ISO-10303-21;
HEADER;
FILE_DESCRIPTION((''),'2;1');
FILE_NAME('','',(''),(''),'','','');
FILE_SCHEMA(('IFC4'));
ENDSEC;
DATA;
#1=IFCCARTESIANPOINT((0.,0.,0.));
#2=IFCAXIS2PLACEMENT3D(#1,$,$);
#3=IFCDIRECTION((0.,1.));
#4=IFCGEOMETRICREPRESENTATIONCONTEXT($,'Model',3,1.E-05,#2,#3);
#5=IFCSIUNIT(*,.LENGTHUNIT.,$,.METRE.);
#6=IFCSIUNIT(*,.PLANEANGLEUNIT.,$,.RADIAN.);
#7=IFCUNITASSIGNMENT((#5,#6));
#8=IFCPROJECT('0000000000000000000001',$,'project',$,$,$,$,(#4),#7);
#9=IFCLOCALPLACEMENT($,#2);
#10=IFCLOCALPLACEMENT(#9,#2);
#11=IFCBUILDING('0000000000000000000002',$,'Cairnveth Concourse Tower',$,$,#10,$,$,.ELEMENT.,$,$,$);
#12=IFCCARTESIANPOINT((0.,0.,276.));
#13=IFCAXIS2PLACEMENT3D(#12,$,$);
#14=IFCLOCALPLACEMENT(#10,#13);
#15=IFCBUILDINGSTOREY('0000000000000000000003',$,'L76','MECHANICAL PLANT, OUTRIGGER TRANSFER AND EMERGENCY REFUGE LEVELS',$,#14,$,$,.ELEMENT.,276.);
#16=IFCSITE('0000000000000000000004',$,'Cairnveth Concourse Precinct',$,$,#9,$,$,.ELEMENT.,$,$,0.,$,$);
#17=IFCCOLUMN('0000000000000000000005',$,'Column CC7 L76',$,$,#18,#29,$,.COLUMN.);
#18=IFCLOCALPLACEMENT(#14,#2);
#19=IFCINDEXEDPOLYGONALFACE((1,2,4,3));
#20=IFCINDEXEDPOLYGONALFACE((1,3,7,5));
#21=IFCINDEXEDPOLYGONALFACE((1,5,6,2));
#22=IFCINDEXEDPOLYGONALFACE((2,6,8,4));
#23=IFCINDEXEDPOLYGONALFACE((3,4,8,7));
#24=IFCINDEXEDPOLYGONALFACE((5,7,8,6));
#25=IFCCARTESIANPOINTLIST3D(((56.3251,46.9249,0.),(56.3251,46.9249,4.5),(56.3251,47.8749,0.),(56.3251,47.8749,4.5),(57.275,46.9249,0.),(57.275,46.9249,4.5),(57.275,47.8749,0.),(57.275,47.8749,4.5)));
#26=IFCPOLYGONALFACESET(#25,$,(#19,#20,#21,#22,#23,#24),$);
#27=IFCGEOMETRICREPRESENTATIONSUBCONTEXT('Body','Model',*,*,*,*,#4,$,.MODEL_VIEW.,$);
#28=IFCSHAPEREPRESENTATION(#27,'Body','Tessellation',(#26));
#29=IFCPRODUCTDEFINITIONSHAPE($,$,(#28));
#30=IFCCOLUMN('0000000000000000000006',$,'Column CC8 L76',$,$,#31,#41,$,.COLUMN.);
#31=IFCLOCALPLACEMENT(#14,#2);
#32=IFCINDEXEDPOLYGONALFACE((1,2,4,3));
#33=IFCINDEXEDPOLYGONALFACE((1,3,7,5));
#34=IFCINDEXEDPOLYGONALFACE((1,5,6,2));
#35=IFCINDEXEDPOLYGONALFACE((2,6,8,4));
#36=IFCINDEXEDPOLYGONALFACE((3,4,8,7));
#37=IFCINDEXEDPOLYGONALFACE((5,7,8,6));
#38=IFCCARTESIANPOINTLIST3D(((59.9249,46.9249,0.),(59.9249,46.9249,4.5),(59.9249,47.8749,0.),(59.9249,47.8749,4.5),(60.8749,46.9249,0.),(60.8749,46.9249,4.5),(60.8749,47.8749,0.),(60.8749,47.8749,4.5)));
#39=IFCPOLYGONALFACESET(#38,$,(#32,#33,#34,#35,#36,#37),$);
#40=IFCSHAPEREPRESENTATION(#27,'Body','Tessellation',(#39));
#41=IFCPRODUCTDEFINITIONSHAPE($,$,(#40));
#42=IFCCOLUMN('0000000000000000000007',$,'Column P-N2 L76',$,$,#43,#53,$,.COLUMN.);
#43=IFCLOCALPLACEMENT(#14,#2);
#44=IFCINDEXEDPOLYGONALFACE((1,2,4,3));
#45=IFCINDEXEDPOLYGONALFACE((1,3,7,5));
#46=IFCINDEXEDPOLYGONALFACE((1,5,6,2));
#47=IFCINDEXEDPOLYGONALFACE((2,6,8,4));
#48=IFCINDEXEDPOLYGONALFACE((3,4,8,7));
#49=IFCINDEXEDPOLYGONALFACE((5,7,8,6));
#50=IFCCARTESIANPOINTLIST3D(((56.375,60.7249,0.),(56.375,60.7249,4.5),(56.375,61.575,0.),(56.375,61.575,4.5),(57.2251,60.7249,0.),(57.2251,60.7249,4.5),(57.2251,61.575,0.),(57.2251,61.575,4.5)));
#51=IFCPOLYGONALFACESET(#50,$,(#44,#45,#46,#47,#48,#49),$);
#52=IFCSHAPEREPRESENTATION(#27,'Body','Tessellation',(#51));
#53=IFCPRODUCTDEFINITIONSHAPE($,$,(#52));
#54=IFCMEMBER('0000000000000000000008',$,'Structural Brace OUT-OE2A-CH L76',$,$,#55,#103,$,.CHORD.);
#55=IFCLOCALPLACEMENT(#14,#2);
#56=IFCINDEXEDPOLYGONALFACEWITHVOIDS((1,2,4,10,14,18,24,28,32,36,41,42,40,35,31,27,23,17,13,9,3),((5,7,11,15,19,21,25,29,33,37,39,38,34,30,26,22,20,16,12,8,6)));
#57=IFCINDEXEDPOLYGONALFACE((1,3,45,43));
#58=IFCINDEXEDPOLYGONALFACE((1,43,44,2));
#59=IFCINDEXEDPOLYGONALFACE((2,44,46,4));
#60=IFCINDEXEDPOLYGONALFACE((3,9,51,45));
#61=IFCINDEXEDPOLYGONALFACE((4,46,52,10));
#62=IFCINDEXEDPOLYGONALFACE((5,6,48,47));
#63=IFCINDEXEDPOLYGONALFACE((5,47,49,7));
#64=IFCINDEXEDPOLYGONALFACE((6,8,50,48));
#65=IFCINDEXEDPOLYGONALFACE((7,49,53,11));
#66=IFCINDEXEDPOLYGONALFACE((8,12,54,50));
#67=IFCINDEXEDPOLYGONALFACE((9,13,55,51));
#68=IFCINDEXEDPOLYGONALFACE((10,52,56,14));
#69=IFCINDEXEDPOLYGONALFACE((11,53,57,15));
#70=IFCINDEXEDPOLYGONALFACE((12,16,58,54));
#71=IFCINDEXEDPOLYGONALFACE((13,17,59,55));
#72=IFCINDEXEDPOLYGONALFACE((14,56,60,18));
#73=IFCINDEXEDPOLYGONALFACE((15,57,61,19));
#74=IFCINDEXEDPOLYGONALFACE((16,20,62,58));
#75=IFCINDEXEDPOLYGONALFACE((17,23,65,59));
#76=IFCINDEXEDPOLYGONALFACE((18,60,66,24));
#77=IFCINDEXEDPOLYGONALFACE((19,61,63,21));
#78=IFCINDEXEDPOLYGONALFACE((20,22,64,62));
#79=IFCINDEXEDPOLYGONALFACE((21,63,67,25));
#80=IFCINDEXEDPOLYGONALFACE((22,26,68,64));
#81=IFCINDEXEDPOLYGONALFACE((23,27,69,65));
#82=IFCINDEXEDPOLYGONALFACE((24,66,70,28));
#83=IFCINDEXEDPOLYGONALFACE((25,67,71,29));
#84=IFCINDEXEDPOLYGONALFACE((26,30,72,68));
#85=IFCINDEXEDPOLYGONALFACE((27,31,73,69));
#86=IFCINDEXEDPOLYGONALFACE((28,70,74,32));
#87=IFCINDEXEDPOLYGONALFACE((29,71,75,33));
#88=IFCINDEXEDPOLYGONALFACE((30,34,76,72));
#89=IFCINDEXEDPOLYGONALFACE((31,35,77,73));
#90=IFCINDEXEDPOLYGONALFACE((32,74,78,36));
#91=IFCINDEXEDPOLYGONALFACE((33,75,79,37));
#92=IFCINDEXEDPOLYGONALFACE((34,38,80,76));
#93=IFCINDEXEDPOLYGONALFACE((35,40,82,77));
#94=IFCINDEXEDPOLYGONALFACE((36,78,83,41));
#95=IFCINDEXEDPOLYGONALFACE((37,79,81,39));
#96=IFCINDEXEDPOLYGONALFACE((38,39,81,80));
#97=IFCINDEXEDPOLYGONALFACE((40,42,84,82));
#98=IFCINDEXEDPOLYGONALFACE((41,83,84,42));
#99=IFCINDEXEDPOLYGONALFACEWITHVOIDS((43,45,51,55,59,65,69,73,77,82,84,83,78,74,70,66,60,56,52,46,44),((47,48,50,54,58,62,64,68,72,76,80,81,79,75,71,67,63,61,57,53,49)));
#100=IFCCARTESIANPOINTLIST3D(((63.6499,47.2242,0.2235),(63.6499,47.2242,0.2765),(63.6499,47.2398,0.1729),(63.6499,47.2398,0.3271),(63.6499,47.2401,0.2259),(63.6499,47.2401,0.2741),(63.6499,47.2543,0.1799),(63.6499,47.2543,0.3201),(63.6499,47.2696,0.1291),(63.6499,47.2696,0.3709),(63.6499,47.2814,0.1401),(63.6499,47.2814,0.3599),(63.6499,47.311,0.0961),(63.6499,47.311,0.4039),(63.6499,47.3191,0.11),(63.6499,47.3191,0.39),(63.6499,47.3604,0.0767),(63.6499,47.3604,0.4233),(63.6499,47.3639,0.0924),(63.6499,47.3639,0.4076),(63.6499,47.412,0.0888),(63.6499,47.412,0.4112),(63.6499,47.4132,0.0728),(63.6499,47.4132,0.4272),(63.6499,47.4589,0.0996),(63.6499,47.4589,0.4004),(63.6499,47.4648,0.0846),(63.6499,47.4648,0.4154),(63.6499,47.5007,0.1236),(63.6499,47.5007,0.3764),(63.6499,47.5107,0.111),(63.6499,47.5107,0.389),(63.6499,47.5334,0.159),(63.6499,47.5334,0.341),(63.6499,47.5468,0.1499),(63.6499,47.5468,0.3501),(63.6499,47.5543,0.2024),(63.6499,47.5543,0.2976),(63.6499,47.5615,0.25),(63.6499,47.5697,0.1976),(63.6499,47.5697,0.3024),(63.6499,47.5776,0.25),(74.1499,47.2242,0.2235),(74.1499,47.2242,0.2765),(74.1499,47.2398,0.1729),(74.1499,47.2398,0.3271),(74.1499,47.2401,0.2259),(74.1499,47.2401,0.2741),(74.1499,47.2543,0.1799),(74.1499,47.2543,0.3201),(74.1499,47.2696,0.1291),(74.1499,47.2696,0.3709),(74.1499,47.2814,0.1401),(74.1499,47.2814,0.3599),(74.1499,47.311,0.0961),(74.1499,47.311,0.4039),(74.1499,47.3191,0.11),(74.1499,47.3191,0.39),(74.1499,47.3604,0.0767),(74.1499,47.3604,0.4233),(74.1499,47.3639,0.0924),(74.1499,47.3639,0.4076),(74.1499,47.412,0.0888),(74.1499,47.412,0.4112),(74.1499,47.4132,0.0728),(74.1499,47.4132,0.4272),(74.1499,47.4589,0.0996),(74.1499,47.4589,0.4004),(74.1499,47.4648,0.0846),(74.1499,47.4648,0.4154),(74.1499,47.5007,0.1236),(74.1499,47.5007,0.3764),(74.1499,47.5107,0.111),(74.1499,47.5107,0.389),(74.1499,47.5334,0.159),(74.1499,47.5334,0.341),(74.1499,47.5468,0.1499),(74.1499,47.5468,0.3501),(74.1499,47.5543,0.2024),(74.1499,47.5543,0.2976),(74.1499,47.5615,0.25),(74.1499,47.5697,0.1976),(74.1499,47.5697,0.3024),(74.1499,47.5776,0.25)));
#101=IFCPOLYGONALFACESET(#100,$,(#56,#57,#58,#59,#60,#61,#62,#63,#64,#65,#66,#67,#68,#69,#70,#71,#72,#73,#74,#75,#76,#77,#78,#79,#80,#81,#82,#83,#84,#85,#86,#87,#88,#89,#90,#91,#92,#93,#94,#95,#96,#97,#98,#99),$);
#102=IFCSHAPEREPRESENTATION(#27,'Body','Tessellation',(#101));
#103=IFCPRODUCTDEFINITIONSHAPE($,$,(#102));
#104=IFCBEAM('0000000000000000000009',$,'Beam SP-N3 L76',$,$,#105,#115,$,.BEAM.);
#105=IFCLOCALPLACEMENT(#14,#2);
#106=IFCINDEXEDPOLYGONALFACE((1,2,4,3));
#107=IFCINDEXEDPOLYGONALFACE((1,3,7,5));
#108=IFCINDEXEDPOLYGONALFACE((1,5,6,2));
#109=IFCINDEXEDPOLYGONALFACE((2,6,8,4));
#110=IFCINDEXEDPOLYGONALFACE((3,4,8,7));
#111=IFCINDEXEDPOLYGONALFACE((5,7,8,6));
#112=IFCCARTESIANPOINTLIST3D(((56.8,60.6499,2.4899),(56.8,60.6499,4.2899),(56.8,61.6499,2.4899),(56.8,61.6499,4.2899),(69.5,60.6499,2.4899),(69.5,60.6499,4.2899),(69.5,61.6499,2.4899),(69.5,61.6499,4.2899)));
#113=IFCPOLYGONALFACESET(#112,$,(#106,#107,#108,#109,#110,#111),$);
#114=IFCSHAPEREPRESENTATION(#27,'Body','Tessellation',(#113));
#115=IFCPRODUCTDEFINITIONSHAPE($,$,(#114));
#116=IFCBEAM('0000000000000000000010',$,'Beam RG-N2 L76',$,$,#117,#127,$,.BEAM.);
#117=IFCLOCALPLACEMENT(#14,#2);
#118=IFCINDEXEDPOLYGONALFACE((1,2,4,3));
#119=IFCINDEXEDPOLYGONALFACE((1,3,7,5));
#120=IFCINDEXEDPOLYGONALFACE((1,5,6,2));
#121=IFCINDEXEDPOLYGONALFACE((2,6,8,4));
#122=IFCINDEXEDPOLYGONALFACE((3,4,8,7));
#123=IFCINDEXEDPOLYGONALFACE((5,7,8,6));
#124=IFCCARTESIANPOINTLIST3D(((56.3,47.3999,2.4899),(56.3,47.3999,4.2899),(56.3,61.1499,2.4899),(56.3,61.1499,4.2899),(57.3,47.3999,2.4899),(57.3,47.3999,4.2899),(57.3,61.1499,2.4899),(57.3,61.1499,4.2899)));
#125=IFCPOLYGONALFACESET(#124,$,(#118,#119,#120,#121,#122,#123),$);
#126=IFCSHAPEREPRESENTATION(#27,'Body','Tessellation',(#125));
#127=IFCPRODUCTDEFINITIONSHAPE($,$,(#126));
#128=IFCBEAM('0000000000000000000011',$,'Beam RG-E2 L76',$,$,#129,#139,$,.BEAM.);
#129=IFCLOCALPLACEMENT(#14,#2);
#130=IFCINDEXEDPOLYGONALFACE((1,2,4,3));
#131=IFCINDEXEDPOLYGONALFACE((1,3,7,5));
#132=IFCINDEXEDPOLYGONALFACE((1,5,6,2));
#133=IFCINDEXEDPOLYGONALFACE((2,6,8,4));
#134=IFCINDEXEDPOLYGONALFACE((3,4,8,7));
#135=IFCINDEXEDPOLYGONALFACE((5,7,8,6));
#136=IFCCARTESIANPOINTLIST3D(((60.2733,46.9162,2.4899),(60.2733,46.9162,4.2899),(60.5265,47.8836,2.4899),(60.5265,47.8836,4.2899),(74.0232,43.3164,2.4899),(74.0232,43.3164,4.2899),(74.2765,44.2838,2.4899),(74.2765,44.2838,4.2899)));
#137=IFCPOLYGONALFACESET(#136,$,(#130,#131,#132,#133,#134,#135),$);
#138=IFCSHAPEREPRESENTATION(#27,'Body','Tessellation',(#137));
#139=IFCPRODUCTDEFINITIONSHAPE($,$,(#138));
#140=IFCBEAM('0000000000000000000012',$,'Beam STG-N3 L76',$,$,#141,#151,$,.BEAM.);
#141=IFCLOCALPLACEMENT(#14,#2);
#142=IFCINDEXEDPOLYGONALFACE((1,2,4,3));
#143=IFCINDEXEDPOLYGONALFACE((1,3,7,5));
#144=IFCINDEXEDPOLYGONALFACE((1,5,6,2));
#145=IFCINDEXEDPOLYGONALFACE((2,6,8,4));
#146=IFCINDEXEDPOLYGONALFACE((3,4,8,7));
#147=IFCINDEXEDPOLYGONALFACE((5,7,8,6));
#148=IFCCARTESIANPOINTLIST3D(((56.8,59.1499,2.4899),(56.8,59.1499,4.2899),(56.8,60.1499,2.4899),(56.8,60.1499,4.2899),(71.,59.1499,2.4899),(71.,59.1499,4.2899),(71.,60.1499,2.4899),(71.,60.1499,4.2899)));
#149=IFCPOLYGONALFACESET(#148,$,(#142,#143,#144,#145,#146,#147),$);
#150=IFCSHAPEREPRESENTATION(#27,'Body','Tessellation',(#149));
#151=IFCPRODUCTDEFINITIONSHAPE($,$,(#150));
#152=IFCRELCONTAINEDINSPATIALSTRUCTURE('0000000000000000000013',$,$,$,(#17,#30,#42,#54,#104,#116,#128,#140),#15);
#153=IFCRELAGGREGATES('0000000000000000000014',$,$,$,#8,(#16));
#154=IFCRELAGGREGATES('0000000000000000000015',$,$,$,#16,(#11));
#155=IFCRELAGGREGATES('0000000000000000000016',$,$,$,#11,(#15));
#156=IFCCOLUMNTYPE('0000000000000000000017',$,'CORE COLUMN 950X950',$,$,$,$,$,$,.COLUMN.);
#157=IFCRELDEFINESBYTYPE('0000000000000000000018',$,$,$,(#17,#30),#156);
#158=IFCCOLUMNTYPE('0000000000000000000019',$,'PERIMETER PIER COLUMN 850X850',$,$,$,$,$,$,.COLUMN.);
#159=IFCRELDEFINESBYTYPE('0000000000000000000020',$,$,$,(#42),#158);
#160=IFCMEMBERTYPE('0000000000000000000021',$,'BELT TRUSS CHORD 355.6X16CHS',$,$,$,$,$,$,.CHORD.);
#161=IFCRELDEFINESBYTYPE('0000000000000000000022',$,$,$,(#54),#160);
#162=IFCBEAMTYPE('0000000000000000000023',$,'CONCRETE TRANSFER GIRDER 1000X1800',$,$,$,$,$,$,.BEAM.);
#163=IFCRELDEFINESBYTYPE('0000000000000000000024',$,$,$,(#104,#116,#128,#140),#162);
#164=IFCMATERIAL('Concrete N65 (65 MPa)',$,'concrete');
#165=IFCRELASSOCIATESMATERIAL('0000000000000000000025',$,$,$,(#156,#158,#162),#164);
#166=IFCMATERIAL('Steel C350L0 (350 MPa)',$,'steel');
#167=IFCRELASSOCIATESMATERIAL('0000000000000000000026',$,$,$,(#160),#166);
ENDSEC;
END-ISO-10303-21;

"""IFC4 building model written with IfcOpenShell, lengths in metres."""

from ifc_helpers import new_model, si_unit, direction, frame, origin, origin_2d, place, context, subcontext, project, spatial, rectangle, hollow_circle, extrude, material, material_profile, profile_set, type_object, element, save


model = new_model("IFC4")

# Units and contexts
model_context = context("Model", 3, precision=1e-05, world=origin(), true_north=direction((0.0, 1.0)))
body_context = subcontext(model_context, "Body", "Model", "MODEL_VIEW")
ifc_project = project(units=[si_unit("LENGTHUNIT", "METRE"), si_unit("PLANEANGLEUNIT", "RADIAN")], contexts=[model_context])

# Site, building, storey
site_placement = place(None, origin())
site = spatial("IfcSite", under=ifc_project, at=site_placement, Name="Cairnveth Concourse Precinct", CompositionType="ELEMENT", RefElevation=0.0)
building_placement = place(site_placement, origin())
building = spatial("IfcBuilding", under=site, at=building_placement, Name="Cairnveth Concourse Tower", CompositionType="ELEMENT")
storey_placement = place(building_placement, frame((0.0, 0.0, 276.0)))
storey = spatial("IfcBuildingStorey", under=building, at=storey_placement, Name="L76", Description="MECHANICAL PLANT, OUTRIGGER TRANSFER AND EMERGENCY REFUGE LEVELS", CompositionType="ELEMENT", Elevation=276.0)

# Columns
ifc_material_1 = material(Name="Concrete N65 (65 MPa)", Category="concrete")
ifc_material_profile_1 = material_profile(ifc_material_1, rectangle(XDim=0.95, YDim=0.95, at=origin_2d()), Name="RC-COL-950x950")
ifc_profile_set_1 = profile_set([ifc_material_profile_1], Name="Concrete N65 (65 MPa)")
column_type_1 = type_object("IfcColumnType", Name="CORE COLUMN 950X950", PredefinedType="COLUMN", material=ifc_profile_set_1)
for number, where, z_axis, x_axis, name in (
    (1, (56.8, 47.3999, 0.0), (0.0, 0.0, 1.0), (1.0, 0.0, 0.0), "Column CC7 L76"),
    (2, (60.3999, 47.3999, 0.0), (0.0, 0.0, 1.0), (1.0, 0.0, 0.0), "Column CC8 L76"),
):
    element("IfcColumn", number, at=place(storey_placement, frame(where, z_axis=z_axis, x_axis=x_axis)), inside=storey, type_object=column_type_1, Name=name, PredefinedType="COLUMN", context=body_context, shape_type="SweptSolid", body=[
        extrude(rectangle(XDim=0.95, YDim=0.95, at=origin_2d()), origin(), (0.0, 0.0, 1.0), 4.5),
    ])
ifc_material_profile_2 = material_profile(ifc_material_1, rectangle(XDim=0.8501, YDim=0.8501, at=origin_2d()), Name="RC-COL-850x850")
ifc_profile_set_2 = profile_set([ifc_material_profile_2], Name="Concrete N65 (65 MPa)")
column_type_2 = type_object("IfcColumnType", Name="PERIMETER PIER COLUMN 850X850", PredefinedType="COLUMN", material=ifc_profile_set_2)
column_placement = place(storey_placement, frame((56.8, 61.1499, 0.0), z_axis=(0.0, 0.0, 1.0), x_axis=(1.0, 0.0, 0.0)))
element("IfcColumn", 3, at=column_placement, inside=storey, type_object=column_type_2, Name="Column P-N2 L76", PredefinedType="COLUMN", context=body_context, shape_type="SweptSolid", body=[
    extrude(rectangle(XDim=0.8501, YDim=0.8501, at=origin_2d()), origin(), (0.0, 0.0, 1.0), 4.5),
])

# Member
ifc_material_2 = material(Name="Steel C350L0 (350 MPa)", Category="steel")
ifc_material_profile_3 = material_profile(ifc_material_2, hollow_circle(Radius=0.1777, WallThickness=0.0161, at=origin_2d()), Name="355.6x16.0CHS")
ifc_profile_set_3 = profile_set([ifc_material_profile_3], Name="Steel C350L0 (350 MPa)")
member_type_1 = type_object("IfcMemberType", Name="BELT TRUSS CHORD 355.6X16CHS", PredefinedType="CHORD", material=ifc_profile_set_3)
member_1_placement = place(storey_placement, frame((63.6499, 47.3999, 0.25), z_axis=(1.0, 0.0, 0.0), x_axis=(0.0, 1.0, 0.0)))
element("IfcMember", 4, at=member_1_placement, inside=storey, type_object=member_type_1, Name="Structural Brace OUT-OE2A-CH L76", PredefinedType="CHORD", context=body_context, shape_type="SweptSolid", body=[
    extrude(hollow_circle(Radius=0.1777, WallThickness=0.0161, at=origin_2d()), origin(), (0.0, 0.0, 1.0), 10.5),
])

# Beams
ifc_material_profile_4 = material_profile(ifc_material_1, rectangle(XDim=1.0, YDim=1.8, at=origin_2d()), Name="RC-TB-1000x1800")
ifc_profile_set_4 = profile_set([ifc_material_profile_4], Name="Concrete N65 (65 MPa)")
beam_type = type_object("IfcBeamType", Name="CONCRETE TRANSFER GIRDER 1000X1800", PredefinedType="BEAM", material=ifc_profile_set_4)
beam_1_placement = place(storey_placement, frame((56.8, 61.1499, 3.3899), z_axis=(1.0, 0.0, 0.0), x_axis=(0.0, 1.0, 0.0)))
element("IfcBeam", 5, at=beam_1_placement, inside=storey, type_object=beam_type, Name="Beam SP-N3 L76", PredefinedType="BEAM", context=body_context, shape_type="SweptSolid", body=[
    extrude(rectangle(XDim=1.0, YDim=1.8, at=origin_2d()), origin(), (0.0, 0.0, 1.0), 12.7),
])
beam_2_placement = place(storey_placement, frame((56.8, 47.3999, 3.3899), z_axis=(0.0, 1.0, 0.0), x_axis=(-1.0, 0.0, 0.0)))
element("IfcBeam", 6, at=beam_2_placement, inside=storey, type_object=beam_type, Name="Beam RG-N2 L76", PredefinedType="BEAM", context=body_context, shape_type="SweptSolid", body=[
    extrude(rectangle(XDim=1.0, YDim=1.8, at=origin_2d()), origin(), (0.0, 0.0, 1.0), 13.75),
])
beam_3_placement = place(storey_placement, frame((60.3999, 47.3999, 3.3899), z_axis=(0.967395, -0.253271, 0.0), x_axis=(0.253271, 0.967395, 0.0)))
element("IfcBeam", 7, at=beam_3_placement, inside=storey, type_object=beam_type, Name="Beam RG-E2 L76", PredefinedType="BEAM", context=body_context, shape_type="SweptSolid", body=[
    extrude(rectangle(XDim=1.0, YDim=1.8, at=origin_2d()), origin(), (0.0, 0.0, 1.0), 14.2134),
])
beam_4_placement = place(storey_placement, frame((56.8, 59.6499, 3.3899), z_axis=(1.0, 0.0, 0.0), x_axis=(0.0, 1.0, 0.0)))
element("IfcBeam", 8, at=beam_4_placement, inside=storey, type_object=beam_type, Name="Beam STG-N3 L76", PredefinedType="BEAM", context=body_context, shape_type="SweptSolid", body=[
    extrude(rectangle(XDim=1.0, YDim=1.8, at=origin_2d()), origin(), (0.0, 0.0, 1.0), 14.2),
])

save(model, "model.ifc")
